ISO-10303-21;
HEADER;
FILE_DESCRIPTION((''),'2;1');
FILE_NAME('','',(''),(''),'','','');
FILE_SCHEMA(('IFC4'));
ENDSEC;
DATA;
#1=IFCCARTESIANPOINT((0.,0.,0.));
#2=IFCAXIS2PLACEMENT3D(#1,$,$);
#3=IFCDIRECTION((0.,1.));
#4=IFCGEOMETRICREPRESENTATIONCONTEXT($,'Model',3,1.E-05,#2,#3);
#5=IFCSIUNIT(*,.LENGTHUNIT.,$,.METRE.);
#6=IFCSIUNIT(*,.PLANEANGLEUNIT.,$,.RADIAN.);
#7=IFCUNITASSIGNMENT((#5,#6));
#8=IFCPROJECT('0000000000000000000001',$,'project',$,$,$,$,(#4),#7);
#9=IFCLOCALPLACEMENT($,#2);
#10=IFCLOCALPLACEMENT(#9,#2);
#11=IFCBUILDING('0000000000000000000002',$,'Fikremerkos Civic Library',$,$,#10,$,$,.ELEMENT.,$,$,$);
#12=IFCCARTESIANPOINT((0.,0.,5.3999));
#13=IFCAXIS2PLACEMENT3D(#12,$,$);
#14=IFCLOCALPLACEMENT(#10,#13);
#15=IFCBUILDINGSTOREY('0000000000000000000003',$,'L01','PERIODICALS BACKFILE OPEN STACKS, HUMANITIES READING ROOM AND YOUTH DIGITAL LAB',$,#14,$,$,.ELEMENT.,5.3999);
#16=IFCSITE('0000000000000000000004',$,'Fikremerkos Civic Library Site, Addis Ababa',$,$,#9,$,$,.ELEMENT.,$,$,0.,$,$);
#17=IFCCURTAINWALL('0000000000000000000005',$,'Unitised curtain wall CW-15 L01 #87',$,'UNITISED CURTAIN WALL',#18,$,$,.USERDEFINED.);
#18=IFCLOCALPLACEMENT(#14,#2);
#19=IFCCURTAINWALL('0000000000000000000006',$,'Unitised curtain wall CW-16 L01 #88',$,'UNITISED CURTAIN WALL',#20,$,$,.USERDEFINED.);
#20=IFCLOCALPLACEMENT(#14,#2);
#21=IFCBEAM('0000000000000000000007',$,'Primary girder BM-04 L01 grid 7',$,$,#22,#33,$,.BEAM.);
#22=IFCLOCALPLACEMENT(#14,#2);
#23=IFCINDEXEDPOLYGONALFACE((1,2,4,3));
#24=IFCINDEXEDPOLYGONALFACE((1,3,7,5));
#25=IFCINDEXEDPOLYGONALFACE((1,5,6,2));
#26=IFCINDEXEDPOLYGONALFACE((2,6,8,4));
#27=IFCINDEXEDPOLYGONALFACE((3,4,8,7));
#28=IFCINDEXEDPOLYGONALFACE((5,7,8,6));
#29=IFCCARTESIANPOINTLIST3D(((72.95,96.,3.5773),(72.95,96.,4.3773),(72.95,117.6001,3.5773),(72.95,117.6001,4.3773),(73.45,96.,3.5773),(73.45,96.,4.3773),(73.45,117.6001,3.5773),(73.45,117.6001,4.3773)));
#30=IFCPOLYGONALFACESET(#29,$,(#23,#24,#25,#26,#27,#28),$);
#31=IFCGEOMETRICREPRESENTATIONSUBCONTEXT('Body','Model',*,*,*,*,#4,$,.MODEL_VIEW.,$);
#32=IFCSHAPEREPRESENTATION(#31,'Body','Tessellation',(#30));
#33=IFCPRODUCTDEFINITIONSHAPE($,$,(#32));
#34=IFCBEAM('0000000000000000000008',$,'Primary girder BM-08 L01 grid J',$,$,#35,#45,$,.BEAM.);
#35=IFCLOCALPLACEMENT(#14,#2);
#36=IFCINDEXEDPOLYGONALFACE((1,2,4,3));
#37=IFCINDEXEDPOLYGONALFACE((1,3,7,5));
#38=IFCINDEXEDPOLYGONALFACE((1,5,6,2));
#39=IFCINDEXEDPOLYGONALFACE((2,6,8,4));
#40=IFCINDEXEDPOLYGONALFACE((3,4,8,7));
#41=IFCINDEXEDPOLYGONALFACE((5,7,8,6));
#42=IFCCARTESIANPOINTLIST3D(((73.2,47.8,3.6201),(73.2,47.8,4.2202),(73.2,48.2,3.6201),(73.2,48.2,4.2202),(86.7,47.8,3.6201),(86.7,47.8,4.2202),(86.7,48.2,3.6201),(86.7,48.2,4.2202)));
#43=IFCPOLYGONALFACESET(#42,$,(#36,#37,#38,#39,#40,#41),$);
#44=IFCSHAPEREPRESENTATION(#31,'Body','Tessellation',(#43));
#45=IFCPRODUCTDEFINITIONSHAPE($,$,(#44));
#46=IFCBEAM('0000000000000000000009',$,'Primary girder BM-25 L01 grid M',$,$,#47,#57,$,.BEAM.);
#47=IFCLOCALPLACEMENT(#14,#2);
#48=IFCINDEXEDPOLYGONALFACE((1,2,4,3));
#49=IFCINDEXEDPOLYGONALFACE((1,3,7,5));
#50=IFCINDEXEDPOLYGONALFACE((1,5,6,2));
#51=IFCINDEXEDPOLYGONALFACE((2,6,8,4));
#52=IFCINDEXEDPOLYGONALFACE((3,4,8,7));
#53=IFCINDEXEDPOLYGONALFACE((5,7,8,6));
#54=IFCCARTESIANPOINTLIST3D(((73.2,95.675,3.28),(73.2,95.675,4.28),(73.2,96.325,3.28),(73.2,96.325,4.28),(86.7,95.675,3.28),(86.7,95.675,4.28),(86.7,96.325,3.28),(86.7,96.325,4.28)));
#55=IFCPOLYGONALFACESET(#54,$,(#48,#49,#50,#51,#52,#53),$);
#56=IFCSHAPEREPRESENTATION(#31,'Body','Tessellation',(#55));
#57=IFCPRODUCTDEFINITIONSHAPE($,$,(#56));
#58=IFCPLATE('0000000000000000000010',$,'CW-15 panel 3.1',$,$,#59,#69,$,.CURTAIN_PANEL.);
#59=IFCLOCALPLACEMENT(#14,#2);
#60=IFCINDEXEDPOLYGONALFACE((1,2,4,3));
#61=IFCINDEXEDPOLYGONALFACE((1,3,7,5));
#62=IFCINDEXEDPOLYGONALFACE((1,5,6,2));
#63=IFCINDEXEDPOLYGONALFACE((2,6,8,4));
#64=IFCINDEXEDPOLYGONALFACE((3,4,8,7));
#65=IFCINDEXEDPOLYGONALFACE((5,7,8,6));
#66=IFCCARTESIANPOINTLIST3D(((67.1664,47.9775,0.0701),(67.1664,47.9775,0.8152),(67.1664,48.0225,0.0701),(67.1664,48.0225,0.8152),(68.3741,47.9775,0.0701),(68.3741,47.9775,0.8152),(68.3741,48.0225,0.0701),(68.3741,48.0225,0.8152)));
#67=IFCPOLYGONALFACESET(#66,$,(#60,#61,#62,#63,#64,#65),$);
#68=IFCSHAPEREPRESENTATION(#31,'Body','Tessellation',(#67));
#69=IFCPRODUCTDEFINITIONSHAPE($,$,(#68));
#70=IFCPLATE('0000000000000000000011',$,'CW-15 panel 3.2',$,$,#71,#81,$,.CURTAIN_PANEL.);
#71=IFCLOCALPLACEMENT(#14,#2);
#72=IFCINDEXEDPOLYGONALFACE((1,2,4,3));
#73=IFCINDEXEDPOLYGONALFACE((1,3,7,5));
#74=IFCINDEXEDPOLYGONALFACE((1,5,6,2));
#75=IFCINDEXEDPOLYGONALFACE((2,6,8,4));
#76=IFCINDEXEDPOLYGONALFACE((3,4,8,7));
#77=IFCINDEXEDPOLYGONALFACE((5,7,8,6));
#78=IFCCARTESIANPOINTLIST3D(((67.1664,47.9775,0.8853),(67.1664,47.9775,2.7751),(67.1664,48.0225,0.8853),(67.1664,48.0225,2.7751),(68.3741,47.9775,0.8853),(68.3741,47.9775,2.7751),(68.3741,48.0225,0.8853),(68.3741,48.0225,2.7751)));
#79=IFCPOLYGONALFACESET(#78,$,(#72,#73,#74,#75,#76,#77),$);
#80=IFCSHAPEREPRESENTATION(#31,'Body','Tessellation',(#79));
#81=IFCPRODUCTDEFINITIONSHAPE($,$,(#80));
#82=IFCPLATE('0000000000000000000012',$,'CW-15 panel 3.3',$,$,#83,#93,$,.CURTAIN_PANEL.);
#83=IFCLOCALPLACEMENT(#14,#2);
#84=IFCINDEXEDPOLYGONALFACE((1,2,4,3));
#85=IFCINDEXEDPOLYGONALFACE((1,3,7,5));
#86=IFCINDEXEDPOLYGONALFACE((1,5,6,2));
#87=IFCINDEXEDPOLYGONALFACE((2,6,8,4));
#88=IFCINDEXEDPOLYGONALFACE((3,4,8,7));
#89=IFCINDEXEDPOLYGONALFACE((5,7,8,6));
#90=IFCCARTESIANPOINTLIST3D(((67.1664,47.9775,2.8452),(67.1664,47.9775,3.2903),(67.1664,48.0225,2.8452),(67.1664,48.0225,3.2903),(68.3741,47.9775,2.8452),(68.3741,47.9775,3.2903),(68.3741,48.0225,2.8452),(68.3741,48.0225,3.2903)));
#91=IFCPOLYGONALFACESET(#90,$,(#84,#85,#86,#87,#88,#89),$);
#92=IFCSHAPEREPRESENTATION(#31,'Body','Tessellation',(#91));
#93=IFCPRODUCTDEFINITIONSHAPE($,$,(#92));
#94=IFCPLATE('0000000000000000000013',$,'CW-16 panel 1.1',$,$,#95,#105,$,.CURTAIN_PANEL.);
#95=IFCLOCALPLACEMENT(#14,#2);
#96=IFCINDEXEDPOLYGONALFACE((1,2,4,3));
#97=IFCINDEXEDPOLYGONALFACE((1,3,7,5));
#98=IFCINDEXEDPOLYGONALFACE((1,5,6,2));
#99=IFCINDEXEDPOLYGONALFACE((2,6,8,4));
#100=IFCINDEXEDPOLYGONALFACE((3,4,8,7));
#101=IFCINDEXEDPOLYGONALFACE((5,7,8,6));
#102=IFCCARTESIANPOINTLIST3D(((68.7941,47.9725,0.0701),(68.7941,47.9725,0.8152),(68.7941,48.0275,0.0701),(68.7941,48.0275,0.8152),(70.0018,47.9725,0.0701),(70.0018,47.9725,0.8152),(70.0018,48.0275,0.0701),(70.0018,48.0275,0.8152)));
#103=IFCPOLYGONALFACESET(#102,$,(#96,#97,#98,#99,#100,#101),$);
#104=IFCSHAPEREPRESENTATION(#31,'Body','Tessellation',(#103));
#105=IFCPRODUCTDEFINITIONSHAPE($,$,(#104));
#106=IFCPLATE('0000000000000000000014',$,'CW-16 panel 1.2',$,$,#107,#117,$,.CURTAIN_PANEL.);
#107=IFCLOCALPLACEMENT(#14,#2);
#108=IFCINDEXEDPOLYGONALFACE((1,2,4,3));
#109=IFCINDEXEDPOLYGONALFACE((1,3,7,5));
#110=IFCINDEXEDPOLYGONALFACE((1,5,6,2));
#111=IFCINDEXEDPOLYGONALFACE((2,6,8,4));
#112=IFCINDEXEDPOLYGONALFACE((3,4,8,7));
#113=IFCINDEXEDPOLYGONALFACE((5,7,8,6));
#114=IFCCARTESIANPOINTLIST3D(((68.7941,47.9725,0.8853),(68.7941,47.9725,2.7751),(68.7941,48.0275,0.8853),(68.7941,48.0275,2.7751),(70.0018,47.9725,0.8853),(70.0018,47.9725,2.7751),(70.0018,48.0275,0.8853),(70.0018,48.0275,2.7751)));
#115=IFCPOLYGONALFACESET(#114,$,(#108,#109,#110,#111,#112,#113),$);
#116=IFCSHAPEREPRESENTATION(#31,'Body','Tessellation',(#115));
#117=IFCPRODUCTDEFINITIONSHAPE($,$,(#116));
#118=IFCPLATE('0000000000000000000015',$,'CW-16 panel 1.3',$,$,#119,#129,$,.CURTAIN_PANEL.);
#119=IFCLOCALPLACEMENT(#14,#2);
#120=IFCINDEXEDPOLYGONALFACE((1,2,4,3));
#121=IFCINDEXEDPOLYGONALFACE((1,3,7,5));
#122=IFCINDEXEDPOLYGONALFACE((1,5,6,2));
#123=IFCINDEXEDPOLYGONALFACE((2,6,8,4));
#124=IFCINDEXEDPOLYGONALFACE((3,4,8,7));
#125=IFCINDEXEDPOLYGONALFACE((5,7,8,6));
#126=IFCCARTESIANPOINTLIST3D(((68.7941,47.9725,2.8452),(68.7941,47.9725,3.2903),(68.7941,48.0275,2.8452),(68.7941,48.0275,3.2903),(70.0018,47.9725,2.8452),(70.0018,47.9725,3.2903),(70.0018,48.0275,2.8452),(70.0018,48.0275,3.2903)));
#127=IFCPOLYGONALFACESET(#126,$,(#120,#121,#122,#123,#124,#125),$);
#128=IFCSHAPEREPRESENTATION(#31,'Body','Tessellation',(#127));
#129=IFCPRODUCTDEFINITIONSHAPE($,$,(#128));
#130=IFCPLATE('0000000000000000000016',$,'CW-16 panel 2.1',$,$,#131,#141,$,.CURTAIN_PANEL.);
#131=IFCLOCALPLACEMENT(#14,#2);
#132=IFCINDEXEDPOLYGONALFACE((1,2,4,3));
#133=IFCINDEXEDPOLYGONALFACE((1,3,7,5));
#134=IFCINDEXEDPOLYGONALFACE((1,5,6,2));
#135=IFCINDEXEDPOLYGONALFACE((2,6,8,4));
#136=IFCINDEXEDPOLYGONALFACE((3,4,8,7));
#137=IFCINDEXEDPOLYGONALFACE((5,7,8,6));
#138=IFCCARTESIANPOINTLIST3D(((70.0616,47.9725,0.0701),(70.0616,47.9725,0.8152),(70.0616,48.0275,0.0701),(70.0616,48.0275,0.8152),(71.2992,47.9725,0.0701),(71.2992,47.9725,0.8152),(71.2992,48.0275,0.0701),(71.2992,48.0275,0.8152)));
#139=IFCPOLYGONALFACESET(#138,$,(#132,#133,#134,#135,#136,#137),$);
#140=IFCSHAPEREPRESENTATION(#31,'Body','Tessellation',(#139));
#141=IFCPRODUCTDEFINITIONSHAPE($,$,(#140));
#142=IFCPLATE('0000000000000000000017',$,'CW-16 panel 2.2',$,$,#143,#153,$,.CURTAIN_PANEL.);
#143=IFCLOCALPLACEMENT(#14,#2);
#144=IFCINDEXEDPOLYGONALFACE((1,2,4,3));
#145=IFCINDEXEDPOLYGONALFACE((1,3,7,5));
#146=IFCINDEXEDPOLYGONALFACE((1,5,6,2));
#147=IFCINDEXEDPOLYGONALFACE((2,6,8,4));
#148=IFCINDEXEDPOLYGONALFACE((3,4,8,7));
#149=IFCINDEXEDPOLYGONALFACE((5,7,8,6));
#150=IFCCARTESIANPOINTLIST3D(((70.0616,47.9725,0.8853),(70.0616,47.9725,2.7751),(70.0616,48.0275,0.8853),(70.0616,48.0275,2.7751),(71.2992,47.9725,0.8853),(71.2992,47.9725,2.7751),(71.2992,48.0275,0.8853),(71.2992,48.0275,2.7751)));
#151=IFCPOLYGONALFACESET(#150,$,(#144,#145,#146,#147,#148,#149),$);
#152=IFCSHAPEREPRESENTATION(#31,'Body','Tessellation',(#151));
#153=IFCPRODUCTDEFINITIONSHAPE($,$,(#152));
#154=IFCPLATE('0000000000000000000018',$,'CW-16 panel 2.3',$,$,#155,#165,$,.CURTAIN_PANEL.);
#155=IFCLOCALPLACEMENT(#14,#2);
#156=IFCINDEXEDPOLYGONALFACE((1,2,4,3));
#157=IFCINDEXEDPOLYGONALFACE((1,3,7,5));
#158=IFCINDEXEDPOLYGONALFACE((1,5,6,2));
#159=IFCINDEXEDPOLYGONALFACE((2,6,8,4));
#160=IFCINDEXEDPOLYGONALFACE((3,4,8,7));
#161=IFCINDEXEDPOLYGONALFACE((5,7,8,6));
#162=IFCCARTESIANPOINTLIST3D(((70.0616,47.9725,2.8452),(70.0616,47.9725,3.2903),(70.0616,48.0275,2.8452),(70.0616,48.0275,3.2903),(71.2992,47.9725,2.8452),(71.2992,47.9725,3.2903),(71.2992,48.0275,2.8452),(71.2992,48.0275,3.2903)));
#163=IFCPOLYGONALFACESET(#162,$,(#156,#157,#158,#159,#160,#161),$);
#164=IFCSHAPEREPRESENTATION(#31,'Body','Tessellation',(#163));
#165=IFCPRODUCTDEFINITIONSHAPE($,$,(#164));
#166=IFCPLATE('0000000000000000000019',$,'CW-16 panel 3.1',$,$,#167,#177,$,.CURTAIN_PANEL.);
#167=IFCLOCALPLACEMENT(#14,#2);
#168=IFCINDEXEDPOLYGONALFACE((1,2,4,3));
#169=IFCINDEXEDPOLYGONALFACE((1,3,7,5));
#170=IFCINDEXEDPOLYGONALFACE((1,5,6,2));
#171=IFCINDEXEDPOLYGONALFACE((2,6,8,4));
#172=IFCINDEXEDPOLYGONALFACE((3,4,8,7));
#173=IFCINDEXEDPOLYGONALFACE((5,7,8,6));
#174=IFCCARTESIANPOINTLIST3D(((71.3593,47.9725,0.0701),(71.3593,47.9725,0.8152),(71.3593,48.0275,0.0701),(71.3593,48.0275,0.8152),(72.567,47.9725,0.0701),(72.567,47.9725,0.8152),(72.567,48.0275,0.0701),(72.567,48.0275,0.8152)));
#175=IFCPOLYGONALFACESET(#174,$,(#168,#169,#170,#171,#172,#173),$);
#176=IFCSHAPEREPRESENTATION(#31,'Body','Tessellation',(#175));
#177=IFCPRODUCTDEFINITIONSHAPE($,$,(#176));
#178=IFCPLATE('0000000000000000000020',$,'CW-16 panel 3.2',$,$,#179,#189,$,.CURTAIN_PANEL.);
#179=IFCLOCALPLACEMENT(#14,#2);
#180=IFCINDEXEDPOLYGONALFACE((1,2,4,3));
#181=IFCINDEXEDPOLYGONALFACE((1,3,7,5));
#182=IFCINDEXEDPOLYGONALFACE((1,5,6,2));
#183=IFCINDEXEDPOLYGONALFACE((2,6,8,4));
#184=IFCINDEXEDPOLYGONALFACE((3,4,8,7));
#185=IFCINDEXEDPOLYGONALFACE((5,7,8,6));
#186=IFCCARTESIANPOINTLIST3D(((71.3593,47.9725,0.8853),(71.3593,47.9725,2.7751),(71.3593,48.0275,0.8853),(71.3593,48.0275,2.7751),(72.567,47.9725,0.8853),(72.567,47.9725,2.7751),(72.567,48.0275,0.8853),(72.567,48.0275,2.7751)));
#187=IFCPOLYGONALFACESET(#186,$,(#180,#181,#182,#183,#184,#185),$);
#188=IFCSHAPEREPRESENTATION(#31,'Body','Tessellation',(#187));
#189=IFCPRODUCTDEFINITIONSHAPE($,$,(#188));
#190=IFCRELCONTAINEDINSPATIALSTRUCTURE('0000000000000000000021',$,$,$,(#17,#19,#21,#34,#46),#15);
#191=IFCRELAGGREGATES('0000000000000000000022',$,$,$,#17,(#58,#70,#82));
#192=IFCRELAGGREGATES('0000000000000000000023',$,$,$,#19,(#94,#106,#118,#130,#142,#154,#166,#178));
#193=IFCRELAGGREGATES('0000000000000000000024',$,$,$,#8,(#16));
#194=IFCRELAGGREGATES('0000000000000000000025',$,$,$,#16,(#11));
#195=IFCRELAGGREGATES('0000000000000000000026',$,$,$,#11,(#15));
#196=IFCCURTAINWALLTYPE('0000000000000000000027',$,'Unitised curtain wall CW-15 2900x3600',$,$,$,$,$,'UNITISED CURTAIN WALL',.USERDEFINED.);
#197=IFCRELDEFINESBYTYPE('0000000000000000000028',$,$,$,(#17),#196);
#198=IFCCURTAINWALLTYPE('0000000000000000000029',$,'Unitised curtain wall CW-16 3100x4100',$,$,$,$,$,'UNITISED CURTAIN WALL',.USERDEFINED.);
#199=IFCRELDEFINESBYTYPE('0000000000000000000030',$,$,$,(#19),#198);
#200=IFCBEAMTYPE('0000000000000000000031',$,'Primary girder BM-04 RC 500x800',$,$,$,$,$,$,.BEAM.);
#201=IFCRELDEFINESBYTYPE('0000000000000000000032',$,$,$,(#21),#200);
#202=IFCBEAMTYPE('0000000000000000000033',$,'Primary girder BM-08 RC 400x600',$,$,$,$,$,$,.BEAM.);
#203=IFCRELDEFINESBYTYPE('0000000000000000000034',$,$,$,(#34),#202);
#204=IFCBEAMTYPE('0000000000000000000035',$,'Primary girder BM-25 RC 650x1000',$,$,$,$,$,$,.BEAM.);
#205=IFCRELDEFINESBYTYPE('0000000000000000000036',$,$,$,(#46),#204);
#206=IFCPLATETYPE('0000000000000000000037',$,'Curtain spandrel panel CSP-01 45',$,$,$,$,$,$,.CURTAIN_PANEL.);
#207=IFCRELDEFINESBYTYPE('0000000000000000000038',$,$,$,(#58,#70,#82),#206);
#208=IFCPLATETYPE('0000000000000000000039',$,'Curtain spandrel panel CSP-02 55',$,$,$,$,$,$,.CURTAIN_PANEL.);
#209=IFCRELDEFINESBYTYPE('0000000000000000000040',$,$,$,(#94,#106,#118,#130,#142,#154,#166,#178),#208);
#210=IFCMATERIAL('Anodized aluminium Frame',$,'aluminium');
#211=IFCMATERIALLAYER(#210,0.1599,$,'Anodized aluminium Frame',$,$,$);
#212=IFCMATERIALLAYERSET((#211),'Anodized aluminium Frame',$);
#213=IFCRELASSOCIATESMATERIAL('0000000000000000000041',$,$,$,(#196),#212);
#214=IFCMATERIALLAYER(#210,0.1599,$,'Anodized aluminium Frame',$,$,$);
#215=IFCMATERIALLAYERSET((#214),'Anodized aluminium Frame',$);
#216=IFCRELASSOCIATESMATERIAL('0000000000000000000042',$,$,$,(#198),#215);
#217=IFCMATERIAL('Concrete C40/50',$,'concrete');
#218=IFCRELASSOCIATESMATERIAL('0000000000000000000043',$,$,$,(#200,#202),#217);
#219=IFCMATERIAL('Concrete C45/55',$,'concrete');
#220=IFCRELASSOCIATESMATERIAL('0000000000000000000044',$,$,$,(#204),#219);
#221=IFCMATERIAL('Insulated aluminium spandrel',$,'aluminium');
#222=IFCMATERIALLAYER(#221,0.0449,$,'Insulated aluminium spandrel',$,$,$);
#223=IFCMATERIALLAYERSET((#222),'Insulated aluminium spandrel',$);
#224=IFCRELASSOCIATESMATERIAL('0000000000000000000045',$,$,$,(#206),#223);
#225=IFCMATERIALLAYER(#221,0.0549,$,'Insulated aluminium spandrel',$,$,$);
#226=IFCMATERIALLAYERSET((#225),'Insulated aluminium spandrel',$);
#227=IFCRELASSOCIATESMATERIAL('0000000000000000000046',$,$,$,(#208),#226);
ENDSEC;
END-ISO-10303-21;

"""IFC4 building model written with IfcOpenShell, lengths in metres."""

from ifc_helpers import new_model, si_unit, direction, frame, origin, origin_2d, place, context, subcontext, project, spatial, rectangle, extrude, material, layer, layer_set, material_profile, profile_set, type_object, element, aggregate, save


model = new_model("IFC4")

# Units and contexts
model_context = context("Model", 3, precision=1e-05, world=origin(), true_north=direction((0.0, 1.0)))
body_context = subcontext(model_context, "Body", "Model", "MODEL_VIEW")
ifc_project = project(units=[si_unit("LENGTHUNIT", "METRE"), si_unit("PLANEANGLEUNIT", "RADIAN")], contexts=[model_context])

# Site, building, storey
site_placement = place(None, origin())
site = spatial("IfcSite", under=ifc_project, at=site_placement, Name="Fikremerkos Civic Library Site, Addis Ababa", CompositionType="ELEMENT", RefElevation=0.0)
building_placement = place(site_placement, origin())
building = spatial("IfcBuilding", under=site, at=building_placement, Name="Fikremerkos Civic Library", CompositionType="ELEMENT")
storey_placement = place(building_placement, frame((0.0, 0.0, 5.3999)))
storey = spatial("IfcBuildingStorey", under=building, at=storey_placement, Name="L01", Description="PERIODICALS BACKFILE OPEN STACKS, HUMANITIES READING ROOM AND YOUTH DIGITAL LAB", CompositionType="ELEMENT", Elevation=5.3999)

# Shared definitions
ifc_material_1 = material(Name="Concrete C40/50", Category="concrete")

# Curtain wall
ifc_material_2 = material(Name="Anodized aluminium Frame", Category="aluminium")
ifc_layer_1 = layer(ifc_material_2, 0.1599, Name="Anodized aluminium Frame")
ifc_layer_set_1 = layer_set([ifc_layer_1], Name="Anodized aluminium Frame")
curtain_wall_type_1 = type_object("IfcCurtainWallType", Name="Unitised curtain wall CW-15 2900x3600", ElementType="UNITISED CURTAIN WALL", PredefinedType="USERDEFINED", material=ifc_layer_set_1)
curtain_wall_1_placement = place(storey_placement, origin())
curtain_wall_1 = element("IfcCurtainWall", 1, at=curtain_wall_1_placement, inside=storey, type_object=curtain_wall_type_1, Name="Unitised curtain wall CW-15 L01 #87", ObjectType="UNITISED CURTAIN WALL", PredefinedType="USERDEFINED")

# Curtain wall
ifc_layer_2 = layer(ifc_material_2, 0.1599, Name="Anodized aluminium Frame")
ifc_layer_set_2 = layer_set([ifc_layer_2], Name="Anodized aluminium Frame")
curtain_wall_type_2 = type_object("IfcCurtainWallType", Name="Unitised curtain wall CW-16 3100x4100", ElementType="UNITISED CURTAIN WALL", PredefinedType="USERDEFINED", material=ifc_layer_set_2)
curtain_wall_2_placement = place(storey_placement, origin())
curtain_wall_2 = element("IfcCurtainWall", 2, at=curtain_wall_2_placement, inside=storey, type_object=curtain_wall_type_2, Name="Unitised curtain wall CW-16 L01 #88", ObjectType="UNITISED CURTAIN WALL", PredefinedType="USERDEFINED")

# Beams
ifc_material_profile_1 = material_profile(ifc_material_1, rectangle(XDim=0.5, YDim=0.8, at=origin_2d()), Name="RC 500x800")
ifc_profile_set_1 = profile_set([ifc_material_profile_1], Name="Concrete C40/50")
beam_type_1 = type_object("IfcBeamType", Name="Primary girder BM-04 RC 500x800", PredefinedType="BEAM", material=ifc_profile_set_1)
beam_1_placement = place(storey_placement, frame((73.2, 96.0, 3.9773), z_axis=(0.0, 1.0, 0.0), x_axis=(-1.0, 0.0, 0.0)))
element("IfcBeam", 3, at=beam_1_placement, inside=storey, type_object=beam_type_1, Name="Primary girder BM-04 L01 grid 7", PredefinedType="BEAM", context=body_context, shape_type="SweptSolid", body=[
    extrude(rectangle(XDim=0.5, YDim=0.8, at=origin_2d()), origin(), (0.0, 0.0, 1.0), 21.6001),
])
ifc_material_profile_2 = material_profile(ifc_material_1, rectangle(XDim=0.3999, YDim=0.6001, at=origin_2d()), Name="RC 400x600")
ifc_profile_set_2 = profile_set([ifc_material_profile_2], Name="Concrete C40/50")
beam_type_2 = type_object("IfcBeamType", Name="Primary girder BM-08 RC 400x600", PredefinedType="BEAM", material=ifc_profile_set_2)
beam_2_placement = place(storey_placement, frame((73.2, 48.0, 3.9202), z_axis=(1.0, 0.0, 0.0), x_axis=(0.0, 1.0, 0.0)))
element("IfcBeam", 4, at=beam_2_placement, inside=storey, type_object=beam_type_2, Name="Primary girder BM-08 L01 grid J", PredefinedType="BEAM", context=body_context, shape_type="SweptSolid", body=[
    extrude(rectangle(XDim=0.3999, YDim=0.6001, at=origin_2d()), origin(), (0.0, 0.0, 1.0), 13.5),
])
ifc_material_3 = material(Name="Concrete C45/55", Category="concrete")
ifc_material_profile_3 = material_profile(ifc_material_3, rectangle(XDim=0.6499, YDim=1.0, at=origin_2d()), Name="RC 650x1000")
ifc_profile_set_3 = profile_set([ifc_material_profile_3], Name="Concrete C45/55")
beam_type_3 = type_object("IfcBeamType", Name="Primary girder BM-25 RC 650x1000", PredefinedType="BEAM", material=ifc_profile_set_3)
beam_3_placement = place(storey_placement, frame((73.2, 96.0, 3.78), z_axis=(1.0, 0.0, 0.0), x_axis=(0.0, 1.0, 0.0)))
element("IfcBeam", 5, at=beam_3_placement, inside=storey, type_object=beam_type_3, Name="Primary girder BM-25 L01 grid M", PredefinedType="BEAM", context=body_context, shape_type="SweptSolid", body=[
    extrude(rectangle(XDim=0.6499, YDim=1.0, at=origin_2d()), origin(), (0.0, 0.0, 1.0), 13.5),
])

# Plates
ifc_material_4 = material(Name="Insulated aluminium spandrel", Category="aluminium")
ifc_layer_3 = layer(ifc_material_4, 0.0449, Name="Insulated aluminium spandrel")
ifc_layer_set_3 = layer_set([ifc_layer_3], Name="Insulated aluminium spandrel")
plate_type_1 = type_object("IfcPlateType", Name="Curtain spandrel panel CSP-01 45", PredefinedType="CURTAIN_PANEL", material=ifc_layer_set_3)
plate_1_placement = place(storey_placement, frame((67.7703, 48.0, 0.0701), z_axis=(0.0, 0.0, 1.0), x_axis=(1.0, 0.0, 0.0)))
plate_1 = element("IfcPlate", 6, at=plate_1_placement, type_object=plate_type_1, Name="CW-15 panel 3.1", PredefinedType="CURTAIN_PANEL", context=body_context, shape_type="SweptSolid", body=[
    extrude(rectangle(XDim=1.2078, YDim=0.0449, at=origin_2d()), origin(), (0.0, 0.0, 1.0), 0.7451),
])
plate_2_placement = place(storey_placement, frame((67.7703, 48.0, 0.8853), z_axis=(0.0, 0.0, 1.0), x_axis=(1.0, 0.0, 0.0)))
plate_2 = element("IfcPlate", 7, at=plate_2_placement, type_object=plate_type_1, Name="CW-15 panel 3.2", PredefinedType="CURTAIN_PANEL", context=body_context, shape_type="SweptSolid", body=[
    extrude(rectangle(XDim=1.2078, YDim=0.0449, at=origin_2d()), origin(), (0.0, 0.0, 1.0), 1.8899),
])
plate_3_placement = place(storey_placement, frame((67.7703, 48.0, 2.8452), z_axis=(0.0, 0.0, 1.0), x_axis=(1.0, 0.0, 0.0)))
plate_3 = element("IfcPlate", 8, at=plate_3_placement, type_object=plate_type_1, Name="CW-15 panel 3.3", PredefinedType="CURTAIN_PANEL", context=body_context, shape_type="SweptSolid", body=[
    extrude(rectangle(XDim=1.2078, YDim=0.0449, at=origin_2d()), origin(), (0.0, 0.0, 1.0), 0.4451),
])
aggregate(curtain_wall_1, [plate_1, plate_2, plate_3])
ifc_layer_4 = layer(ifc_material_4, 0.0549, Name="Insulated aluminium spandrel")
ifc_layer_set_4 = layer_set([ifc_layer_4], Name="Insulated aluminium spandrel")
plate_type_2 = type_object("IfcPlateType", Name="Curtain spandrel panel CSP-02 55", PredefinedType="CURTAIN_PANEL", material=ifc_layer_set_4)
plate_4_placement = place(storey_placement, frame((69.3979, 48.0, 0.0701), z_axis=(0.0, 0.0, 1.0), x_axis=(1.0, 0.0, 0.0)))
plate_4 = element("IfcPlate", 9, at=plate_4_placement, type_object=plate_type_2, Name="CW-16 panel 1.1", PredefinedType="CURTAIN_PANEL", context=body_context, shape_type="SweptSolid", body=[
    extrude(rectangle(XDim=1.2078, YDim=0.0549, at=origin_2d()), origin(), (0.0, 0.0, 1.0), 0.7451),
])
plate_5_placement = place(storey_placement, frame((69.3979, 48.0, 0.8853), z_axis=(0.0, 0.0, 1.0), x_axis=(1.0, 0.0, 0.0)))
plate_5 = element("IfcPlate", 10, at=plate_5_placement, type_object=plate_type_2, Name="CW-16 panel 1.2", PredefinedType="CURTAIN_PANEL", context=body_context, shape_type="SweptSolid", body=[
    extrude(rectangle(XDim=1.2078, YDim=0.0549, at=origin_2d()), origin(), (0.0, 0.0, 1.0), 1.8899),
])
plate_6_placement = place(storey_placement, frame((69.3979, 48.0, 2.8452), z_axis=(0.0, 0.0, 1.0), x_axis=(1.0, 0.0, 0.0)))
plate_6 = element("IfcPlate", 11, at=plate_6_placement, type_object=plate_type_2, Name="CW-16 panel 1.3", PredefinedType="CURTAIN_PANEL", context=body_context, shape_type="SweptSolid", body=[
    extrude(rectangle(XDim=1.2078, YDim=0.0549, at=origin_2d()), origin(), (0.0, 0.0, 1.0), 0.4451),
])
plate_7_placement = place(storey_placement, frame((70.6804, 48.0, 0.0701), z_axis=(0.0, 0.0, 1.0), x_axis=(1.0, 0.0, 0.0)))
plate_7 = element("IfcPlate", 12, at=plate_7_placement, type_object=plate_type_2, Name="CW-16 panel 2.1", PredefinedType="CURTAIN_PANEL", context=body_context, shape_type="SweptSolid", body=[
    extrude(rectangle(XDim=1.2375, YDim=0.0549, at=origin_2d()), origin(), (0.0, 0.0, 1.0), 0.7451),
])
plate_8_placement = place(storey_placement, frame((70.6804, 48.0, 0.8853), z_axis=(0.0, 0.0, 1.0), x_axis=(1.0, 0.0, 0.0)))
plate_8 = element("IfcPlate", 13, at=plate_8_placement, type_object=plate_type_2, Name="CW-16 panel 2.2", PredefinedType="CURTAIN_PANEL", context=body_context, shape_type="SweptSolid", body=[
    extrude(rectangle(XDim=1.2375, YDim=0.0549, at=origin_2d()), origin(), (0.0, 0.0, 1.0), 1.8899),
])
plate_9_placement = place(storey_placement, frame((70.6804, 48.0, 2.8452), z_axis=(0.0, 0.0, 1.0), x_axis=(1.0, 0.0, 0.0)))
plate_9 = element("IfcPlate", 14, at=plate_9_placement, type_object=plate_type_2, Name="CW-16 panel 2.3", PredefinedType="CURTAIN_PANEL", context=body_context, shape_type="SweptSolid", body=[
    extrude(rectangle(XDim=1.2375, YDim=0.0549, at=origin_2d()), origin(), (0.0, 0.0, 1.0), 0.4451),
])
plate_10_placement = place(storey_placement, frame((71.9631, 48.0, 0.0701), z_axis=(0.0, 0.0, 1.0), x_axis=(1.0, 0.0, 0.0)))
plate_10 = element("IfcPlate", 15, at=plate_10_placement, type_object=plate_type_2, Name="CW-16 panel 3.1", PredefinedType="CURTAIN_PANEL", context=body_context, shape_type="SweptSolid", body=[
    extrude(rectangle(XDim=1.2078, YDim=0.0549, at=origin_2d()), origin(), (0.0, 0.0, 1.0), 0.7451),
])
plate_11_placement = place(storey_placement, frame((71.9631, 48.0, 0.8853), z_axis=(0.0, 0.0, 1.0), x_axis=(1.0, 0.0, 0.0)))
plate_11 = element("IfcPlate", 16, at=plate_11_placement, type_object=plate_type_2, Name="CW-16 panel 3.2", PredefinedType="CURTAIN_PANEL", context=body_context, shape_type="SweptSolid", body=[
    extrude(rectangle(XDim=1.2078, YDim=0.0549, at=origin_2d()), origin(), (0.0, 0.0, 1.0), 1.8899),
])
aggregate(curtain_wall_2, [plate_4, plate_5, plate_6, plate_7, plate_8, plate_9, plate_10, plate_11])

save(model, "model.ifc")
